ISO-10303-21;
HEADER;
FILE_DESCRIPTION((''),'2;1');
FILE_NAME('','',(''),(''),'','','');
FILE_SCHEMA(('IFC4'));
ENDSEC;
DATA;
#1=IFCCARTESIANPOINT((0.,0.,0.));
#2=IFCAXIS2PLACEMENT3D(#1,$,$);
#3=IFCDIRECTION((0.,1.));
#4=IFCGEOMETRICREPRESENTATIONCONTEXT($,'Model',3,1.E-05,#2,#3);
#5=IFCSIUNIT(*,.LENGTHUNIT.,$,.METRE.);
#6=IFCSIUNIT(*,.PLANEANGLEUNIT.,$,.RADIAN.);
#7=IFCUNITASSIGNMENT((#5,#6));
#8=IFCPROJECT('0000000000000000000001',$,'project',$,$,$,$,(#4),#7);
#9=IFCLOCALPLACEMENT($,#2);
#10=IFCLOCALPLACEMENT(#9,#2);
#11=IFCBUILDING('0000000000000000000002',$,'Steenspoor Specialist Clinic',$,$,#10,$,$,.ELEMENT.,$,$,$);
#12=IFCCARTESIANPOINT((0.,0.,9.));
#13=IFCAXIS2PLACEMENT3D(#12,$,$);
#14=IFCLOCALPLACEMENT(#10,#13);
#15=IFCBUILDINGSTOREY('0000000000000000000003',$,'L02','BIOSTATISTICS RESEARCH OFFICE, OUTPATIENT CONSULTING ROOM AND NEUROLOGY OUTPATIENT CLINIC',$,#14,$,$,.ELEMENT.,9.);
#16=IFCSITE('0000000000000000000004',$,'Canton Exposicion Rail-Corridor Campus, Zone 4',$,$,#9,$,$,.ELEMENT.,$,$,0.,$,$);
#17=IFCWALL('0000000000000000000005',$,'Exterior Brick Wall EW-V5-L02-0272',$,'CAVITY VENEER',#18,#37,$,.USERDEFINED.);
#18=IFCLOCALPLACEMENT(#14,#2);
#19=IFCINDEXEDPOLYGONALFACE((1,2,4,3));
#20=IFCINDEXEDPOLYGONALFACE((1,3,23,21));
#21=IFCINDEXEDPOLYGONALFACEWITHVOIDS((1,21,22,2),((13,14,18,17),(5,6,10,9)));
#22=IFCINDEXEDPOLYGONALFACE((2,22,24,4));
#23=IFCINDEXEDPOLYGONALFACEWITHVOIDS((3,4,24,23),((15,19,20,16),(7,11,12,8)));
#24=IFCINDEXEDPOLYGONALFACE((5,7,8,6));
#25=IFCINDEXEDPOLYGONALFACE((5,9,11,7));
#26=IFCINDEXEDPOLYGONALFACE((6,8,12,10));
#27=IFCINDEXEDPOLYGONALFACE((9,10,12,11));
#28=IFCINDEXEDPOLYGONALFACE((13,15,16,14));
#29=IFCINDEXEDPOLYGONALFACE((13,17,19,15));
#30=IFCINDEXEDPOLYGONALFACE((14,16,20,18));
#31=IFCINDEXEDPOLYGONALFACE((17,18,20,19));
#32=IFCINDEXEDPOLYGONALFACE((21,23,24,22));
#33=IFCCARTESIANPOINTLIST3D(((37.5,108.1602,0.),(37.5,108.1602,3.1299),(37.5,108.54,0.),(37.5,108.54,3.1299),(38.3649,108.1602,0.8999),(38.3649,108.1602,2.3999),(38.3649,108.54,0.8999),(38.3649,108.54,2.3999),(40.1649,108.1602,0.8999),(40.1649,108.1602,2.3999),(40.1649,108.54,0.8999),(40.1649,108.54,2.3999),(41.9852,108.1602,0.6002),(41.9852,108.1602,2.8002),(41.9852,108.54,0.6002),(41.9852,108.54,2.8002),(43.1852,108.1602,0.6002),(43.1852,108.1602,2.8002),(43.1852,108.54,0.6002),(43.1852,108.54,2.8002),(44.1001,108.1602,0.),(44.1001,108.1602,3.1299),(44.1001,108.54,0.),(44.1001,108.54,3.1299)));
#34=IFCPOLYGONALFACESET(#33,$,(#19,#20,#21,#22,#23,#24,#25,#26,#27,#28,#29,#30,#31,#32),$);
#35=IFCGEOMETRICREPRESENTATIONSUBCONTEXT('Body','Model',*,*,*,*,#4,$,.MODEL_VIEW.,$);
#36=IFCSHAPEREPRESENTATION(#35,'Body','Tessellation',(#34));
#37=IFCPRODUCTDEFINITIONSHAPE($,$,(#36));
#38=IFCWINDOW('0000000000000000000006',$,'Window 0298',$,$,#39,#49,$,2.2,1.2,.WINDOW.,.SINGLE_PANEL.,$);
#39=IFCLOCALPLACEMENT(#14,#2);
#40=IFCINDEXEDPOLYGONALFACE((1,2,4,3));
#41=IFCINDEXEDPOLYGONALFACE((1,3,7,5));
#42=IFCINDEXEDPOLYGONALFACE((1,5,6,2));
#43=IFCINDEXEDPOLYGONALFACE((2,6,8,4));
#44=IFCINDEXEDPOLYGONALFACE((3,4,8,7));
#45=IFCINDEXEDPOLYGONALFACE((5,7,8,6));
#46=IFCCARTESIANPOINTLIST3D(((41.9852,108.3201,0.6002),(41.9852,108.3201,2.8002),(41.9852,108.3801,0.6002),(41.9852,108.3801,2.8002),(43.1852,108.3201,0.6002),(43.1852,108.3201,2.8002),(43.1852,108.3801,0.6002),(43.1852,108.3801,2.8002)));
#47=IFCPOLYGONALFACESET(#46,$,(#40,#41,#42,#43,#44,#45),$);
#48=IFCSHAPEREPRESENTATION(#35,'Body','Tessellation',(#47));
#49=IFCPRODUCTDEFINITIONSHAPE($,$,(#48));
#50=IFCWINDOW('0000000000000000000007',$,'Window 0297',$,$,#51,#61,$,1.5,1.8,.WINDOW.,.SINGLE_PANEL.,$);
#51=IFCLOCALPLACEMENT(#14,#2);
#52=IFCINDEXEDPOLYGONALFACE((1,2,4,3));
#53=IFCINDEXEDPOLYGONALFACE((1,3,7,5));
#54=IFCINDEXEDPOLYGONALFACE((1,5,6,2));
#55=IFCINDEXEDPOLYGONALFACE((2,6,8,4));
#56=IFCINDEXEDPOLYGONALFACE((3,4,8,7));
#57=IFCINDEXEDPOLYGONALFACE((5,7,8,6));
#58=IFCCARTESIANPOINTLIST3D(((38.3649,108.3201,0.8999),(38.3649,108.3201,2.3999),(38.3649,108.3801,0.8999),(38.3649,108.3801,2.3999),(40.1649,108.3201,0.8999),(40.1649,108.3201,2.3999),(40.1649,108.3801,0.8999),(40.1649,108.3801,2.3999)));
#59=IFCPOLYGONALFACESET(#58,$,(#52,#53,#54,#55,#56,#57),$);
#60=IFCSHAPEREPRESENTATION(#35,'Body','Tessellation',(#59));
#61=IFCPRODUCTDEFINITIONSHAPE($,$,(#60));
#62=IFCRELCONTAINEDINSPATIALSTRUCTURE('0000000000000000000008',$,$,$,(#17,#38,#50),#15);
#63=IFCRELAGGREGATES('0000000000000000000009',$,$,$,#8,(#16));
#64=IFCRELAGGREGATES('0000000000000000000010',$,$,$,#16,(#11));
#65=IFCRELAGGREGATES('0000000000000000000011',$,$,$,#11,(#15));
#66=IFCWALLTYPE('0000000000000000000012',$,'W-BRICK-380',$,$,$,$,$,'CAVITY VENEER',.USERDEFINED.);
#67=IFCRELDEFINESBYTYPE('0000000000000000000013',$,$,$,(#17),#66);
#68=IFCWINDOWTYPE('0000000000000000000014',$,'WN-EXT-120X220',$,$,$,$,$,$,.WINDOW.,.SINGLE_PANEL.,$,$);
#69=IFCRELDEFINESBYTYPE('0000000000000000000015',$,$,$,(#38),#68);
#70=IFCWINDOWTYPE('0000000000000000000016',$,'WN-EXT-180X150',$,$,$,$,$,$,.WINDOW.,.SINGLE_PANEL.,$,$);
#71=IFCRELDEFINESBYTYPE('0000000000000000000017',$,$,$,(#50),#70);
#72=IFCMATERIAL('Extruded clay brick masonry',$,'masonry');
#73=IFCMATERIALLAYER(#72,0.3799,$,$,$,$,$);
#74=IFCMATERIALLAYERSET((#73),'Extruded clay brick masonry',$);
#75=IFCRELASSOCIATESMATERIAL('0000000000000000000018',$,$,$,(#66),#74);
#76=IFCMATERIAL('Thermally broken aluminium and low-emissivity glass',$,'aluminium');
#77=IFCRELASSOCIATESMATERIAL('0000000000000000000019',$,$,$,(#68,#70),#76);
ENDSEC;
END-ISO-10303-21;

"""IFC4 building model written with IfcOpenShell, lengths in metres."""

from ifc_helpers import new_model, si_unit, direction, frame, frame_2d, origin, place, context, subcontext, project, spatial, rectangle, extrude, material, layer, layer_set, type_object, element, fill, save


model = new_model("IFC4")

# Units and contexts
model_context = context("Model", 3, precision=1e-05, world=origin(), true_north=direction((0.0, 1.0)))
body_context = subcontext(model_context, "Body", "Model", "MODEL_VIEW")
ifc_project = project(units=[si_unit("LENGTHUNIT", "METRE"), si_unit("PLANEANGLEUNIT", "RADIAN")], contexts=[model_context])

# Site, building, storey
site_placement = place(None, origin())
site = spatial("IfcSite", under=ifc_project, at=site_placement, Name="Canton Exposicion Rail-Corridor Campus, Zone 4", CompositionType="ELEMENT", RefElevation=0.0)
building_placement = place(site_placement, origin())
building = spatial("IfcBuilding", under=site, at=building_placement, Name="Steenspoor Specialist Clinic", CompositionType="ELEMENT")
storey_placement = place(building_placement, frame((0.0, 0.0, 9.0)))
storey = spatial("IfcBuildingStorey", under=building, at=storey_placement, Name="L02", Description="BIOSTATISTICS RESEARCH OFFICE, OUTPATIENT CONSULTING ROOM AND NEUROLOGY OUTPATIENT CLINIC", CompositionType="ELEMENT", Elevation=9.0)

# Shared definitions
ifc_material_1 = material(Name="Thermally broken aluminium and low-emissivity glass", Category="aluminium")

# Wall, openings, windows
ifc_material_2 = material(Name="Extruded clay brick masonry", Category="masonry")
ifc_layer_1 = layer(ifc_material_2, 0.3799)
ifc_layer_set_1 = layer_set([ifc_layer_1], Name="Extruded clay brick masonry")
wall_type = type_object("IfcWallType", Name="W-BRICK-380", ElementType="CAVITY VENEER", PredefinedType="USERDEFINED", material=ifc_layer_set_1)
wall_placement = place(storey_placement, frame((37.5, 108.3501, 0.0), z_axis=(0.0, 0.0, 1.0), x_axis=(1.0, 0.0, 0.0)))
wall = element("IfcWall", 1, at=wall_placement, inside=storey, type_object=wall_type, Name="Exterior Brick Wall EW-V5-L02-0272", ObjectType="CAVITY VENEER", PredefinedType="USERDEFINED", context=body_context, shape_type="SweptSolid", body=[
    extrude(rectangle(XDim=6.6001, YDim=0.3799, at=frame_2d((3.3, 0.0))), origin(), (0.0, 0.0, 1.0), 3.1299),
])
opening_1_placement = place(wall_placement, frame((0.865, 0.0, 0.8999)))
opening_1 = element("IfcOpeningElement", 2, at=opening_1_placement, cuts=wall, PredefinedType="OPENING", context=body_context, shape_type="SweptSolid", body=[
    extrude(rectangle(XDim=1.8, YDim=1.5, at=frame_2d((0.8999, 0.75))), frame((0.0, 0.2, 0.0), z_axis=(0.0, -1.0, 0.0), x_axis=(1.0, 0.0, 0.0)), (0.0, 0.0, 1.0), 0.3999),
])
opening_2_placement = place(wall_placement, frame((4.4851, 0.0, 0.6001)))
opening_2 = element("IfcOpeningElement", 3, at=opening_2_placement, cuts=wall, PredefinedType="OPENING", context=body_context, shape_type="SweptSolid", body=[
    extrude(rectangle(XDim=1.2, YDim=2.2, at=frame_2d((0.6001, 1.1001))), frame((0.0, 0.2, 0.0), z_axis=(0.0, -1.0, 0.0), x_axis=(1.0, 0.0, 0.0)), (0.0, 0.0, 1.0), 0.3999),
])
window_type_1 = type_object("IfcWindowType", Name="WN-EXT-120X220", PartitioningType="SINGLE_PANEL", PredefinedType="WINDOW", material=ifc_material_1)
window_1_placement = place(opening_2_placement, origin())
window_1 = element("IfcWindow", 4, at=window_1_placement, inside=storey, type_object=window_type_1, Name="Window 0298", OverallHeight=2.2, OverallWidth=1.2, PartitioningType="SINGLE_PANEL", PredefinedType="WINDOW", context=body_context, shape_type="SweptSolid", body=[
    extrude(rectangle(XDim=1.2, YDim=2.2, at=frame_2d((0.6001, 1.1001))), frame((0.0, 0.03, 0.0), z_axis=(0.0, -1.0, 0.0), x_axis=(1.0, 0.0, 0.0)), (0.0, 0.0, 1.0), 0.0601),
])
fill(opening_2, window_1)
window_type_2 = type_object("IfcWindowType", Name="WN-EXT-180X150", PartitioningType="SINGLE_PANEL", PredefinedType="WINDOW", material=ifc_material_1)
window_2_placement = place(opening_1_placement, origin())
window_2 = element("IfcWindow", 5, at=window_2_placement, inside=storey, type_object=window_type_2, Name="Window 0297", OverallHeight=1.5, OverallWidth=1.8, PartitioningType="SINGLE_PANEL", PredefinedType="WINDOW", context=body_context, shape_type="SweptSolid", body=[
    extrude(rectangle(XDim=1.8, YDim=1.5, at=frame_2d((0.8999, 0.75))), frame((0.0, 0.03, 0.0), z_axis=(0.0, -1.0, 0.0), x_axis=(1.0, 0.0, 0.0)), (0.0, 0.0, 1.0), 0.0601),
])
fill(opening_1, window_2)

save(model, "model.ifc")
